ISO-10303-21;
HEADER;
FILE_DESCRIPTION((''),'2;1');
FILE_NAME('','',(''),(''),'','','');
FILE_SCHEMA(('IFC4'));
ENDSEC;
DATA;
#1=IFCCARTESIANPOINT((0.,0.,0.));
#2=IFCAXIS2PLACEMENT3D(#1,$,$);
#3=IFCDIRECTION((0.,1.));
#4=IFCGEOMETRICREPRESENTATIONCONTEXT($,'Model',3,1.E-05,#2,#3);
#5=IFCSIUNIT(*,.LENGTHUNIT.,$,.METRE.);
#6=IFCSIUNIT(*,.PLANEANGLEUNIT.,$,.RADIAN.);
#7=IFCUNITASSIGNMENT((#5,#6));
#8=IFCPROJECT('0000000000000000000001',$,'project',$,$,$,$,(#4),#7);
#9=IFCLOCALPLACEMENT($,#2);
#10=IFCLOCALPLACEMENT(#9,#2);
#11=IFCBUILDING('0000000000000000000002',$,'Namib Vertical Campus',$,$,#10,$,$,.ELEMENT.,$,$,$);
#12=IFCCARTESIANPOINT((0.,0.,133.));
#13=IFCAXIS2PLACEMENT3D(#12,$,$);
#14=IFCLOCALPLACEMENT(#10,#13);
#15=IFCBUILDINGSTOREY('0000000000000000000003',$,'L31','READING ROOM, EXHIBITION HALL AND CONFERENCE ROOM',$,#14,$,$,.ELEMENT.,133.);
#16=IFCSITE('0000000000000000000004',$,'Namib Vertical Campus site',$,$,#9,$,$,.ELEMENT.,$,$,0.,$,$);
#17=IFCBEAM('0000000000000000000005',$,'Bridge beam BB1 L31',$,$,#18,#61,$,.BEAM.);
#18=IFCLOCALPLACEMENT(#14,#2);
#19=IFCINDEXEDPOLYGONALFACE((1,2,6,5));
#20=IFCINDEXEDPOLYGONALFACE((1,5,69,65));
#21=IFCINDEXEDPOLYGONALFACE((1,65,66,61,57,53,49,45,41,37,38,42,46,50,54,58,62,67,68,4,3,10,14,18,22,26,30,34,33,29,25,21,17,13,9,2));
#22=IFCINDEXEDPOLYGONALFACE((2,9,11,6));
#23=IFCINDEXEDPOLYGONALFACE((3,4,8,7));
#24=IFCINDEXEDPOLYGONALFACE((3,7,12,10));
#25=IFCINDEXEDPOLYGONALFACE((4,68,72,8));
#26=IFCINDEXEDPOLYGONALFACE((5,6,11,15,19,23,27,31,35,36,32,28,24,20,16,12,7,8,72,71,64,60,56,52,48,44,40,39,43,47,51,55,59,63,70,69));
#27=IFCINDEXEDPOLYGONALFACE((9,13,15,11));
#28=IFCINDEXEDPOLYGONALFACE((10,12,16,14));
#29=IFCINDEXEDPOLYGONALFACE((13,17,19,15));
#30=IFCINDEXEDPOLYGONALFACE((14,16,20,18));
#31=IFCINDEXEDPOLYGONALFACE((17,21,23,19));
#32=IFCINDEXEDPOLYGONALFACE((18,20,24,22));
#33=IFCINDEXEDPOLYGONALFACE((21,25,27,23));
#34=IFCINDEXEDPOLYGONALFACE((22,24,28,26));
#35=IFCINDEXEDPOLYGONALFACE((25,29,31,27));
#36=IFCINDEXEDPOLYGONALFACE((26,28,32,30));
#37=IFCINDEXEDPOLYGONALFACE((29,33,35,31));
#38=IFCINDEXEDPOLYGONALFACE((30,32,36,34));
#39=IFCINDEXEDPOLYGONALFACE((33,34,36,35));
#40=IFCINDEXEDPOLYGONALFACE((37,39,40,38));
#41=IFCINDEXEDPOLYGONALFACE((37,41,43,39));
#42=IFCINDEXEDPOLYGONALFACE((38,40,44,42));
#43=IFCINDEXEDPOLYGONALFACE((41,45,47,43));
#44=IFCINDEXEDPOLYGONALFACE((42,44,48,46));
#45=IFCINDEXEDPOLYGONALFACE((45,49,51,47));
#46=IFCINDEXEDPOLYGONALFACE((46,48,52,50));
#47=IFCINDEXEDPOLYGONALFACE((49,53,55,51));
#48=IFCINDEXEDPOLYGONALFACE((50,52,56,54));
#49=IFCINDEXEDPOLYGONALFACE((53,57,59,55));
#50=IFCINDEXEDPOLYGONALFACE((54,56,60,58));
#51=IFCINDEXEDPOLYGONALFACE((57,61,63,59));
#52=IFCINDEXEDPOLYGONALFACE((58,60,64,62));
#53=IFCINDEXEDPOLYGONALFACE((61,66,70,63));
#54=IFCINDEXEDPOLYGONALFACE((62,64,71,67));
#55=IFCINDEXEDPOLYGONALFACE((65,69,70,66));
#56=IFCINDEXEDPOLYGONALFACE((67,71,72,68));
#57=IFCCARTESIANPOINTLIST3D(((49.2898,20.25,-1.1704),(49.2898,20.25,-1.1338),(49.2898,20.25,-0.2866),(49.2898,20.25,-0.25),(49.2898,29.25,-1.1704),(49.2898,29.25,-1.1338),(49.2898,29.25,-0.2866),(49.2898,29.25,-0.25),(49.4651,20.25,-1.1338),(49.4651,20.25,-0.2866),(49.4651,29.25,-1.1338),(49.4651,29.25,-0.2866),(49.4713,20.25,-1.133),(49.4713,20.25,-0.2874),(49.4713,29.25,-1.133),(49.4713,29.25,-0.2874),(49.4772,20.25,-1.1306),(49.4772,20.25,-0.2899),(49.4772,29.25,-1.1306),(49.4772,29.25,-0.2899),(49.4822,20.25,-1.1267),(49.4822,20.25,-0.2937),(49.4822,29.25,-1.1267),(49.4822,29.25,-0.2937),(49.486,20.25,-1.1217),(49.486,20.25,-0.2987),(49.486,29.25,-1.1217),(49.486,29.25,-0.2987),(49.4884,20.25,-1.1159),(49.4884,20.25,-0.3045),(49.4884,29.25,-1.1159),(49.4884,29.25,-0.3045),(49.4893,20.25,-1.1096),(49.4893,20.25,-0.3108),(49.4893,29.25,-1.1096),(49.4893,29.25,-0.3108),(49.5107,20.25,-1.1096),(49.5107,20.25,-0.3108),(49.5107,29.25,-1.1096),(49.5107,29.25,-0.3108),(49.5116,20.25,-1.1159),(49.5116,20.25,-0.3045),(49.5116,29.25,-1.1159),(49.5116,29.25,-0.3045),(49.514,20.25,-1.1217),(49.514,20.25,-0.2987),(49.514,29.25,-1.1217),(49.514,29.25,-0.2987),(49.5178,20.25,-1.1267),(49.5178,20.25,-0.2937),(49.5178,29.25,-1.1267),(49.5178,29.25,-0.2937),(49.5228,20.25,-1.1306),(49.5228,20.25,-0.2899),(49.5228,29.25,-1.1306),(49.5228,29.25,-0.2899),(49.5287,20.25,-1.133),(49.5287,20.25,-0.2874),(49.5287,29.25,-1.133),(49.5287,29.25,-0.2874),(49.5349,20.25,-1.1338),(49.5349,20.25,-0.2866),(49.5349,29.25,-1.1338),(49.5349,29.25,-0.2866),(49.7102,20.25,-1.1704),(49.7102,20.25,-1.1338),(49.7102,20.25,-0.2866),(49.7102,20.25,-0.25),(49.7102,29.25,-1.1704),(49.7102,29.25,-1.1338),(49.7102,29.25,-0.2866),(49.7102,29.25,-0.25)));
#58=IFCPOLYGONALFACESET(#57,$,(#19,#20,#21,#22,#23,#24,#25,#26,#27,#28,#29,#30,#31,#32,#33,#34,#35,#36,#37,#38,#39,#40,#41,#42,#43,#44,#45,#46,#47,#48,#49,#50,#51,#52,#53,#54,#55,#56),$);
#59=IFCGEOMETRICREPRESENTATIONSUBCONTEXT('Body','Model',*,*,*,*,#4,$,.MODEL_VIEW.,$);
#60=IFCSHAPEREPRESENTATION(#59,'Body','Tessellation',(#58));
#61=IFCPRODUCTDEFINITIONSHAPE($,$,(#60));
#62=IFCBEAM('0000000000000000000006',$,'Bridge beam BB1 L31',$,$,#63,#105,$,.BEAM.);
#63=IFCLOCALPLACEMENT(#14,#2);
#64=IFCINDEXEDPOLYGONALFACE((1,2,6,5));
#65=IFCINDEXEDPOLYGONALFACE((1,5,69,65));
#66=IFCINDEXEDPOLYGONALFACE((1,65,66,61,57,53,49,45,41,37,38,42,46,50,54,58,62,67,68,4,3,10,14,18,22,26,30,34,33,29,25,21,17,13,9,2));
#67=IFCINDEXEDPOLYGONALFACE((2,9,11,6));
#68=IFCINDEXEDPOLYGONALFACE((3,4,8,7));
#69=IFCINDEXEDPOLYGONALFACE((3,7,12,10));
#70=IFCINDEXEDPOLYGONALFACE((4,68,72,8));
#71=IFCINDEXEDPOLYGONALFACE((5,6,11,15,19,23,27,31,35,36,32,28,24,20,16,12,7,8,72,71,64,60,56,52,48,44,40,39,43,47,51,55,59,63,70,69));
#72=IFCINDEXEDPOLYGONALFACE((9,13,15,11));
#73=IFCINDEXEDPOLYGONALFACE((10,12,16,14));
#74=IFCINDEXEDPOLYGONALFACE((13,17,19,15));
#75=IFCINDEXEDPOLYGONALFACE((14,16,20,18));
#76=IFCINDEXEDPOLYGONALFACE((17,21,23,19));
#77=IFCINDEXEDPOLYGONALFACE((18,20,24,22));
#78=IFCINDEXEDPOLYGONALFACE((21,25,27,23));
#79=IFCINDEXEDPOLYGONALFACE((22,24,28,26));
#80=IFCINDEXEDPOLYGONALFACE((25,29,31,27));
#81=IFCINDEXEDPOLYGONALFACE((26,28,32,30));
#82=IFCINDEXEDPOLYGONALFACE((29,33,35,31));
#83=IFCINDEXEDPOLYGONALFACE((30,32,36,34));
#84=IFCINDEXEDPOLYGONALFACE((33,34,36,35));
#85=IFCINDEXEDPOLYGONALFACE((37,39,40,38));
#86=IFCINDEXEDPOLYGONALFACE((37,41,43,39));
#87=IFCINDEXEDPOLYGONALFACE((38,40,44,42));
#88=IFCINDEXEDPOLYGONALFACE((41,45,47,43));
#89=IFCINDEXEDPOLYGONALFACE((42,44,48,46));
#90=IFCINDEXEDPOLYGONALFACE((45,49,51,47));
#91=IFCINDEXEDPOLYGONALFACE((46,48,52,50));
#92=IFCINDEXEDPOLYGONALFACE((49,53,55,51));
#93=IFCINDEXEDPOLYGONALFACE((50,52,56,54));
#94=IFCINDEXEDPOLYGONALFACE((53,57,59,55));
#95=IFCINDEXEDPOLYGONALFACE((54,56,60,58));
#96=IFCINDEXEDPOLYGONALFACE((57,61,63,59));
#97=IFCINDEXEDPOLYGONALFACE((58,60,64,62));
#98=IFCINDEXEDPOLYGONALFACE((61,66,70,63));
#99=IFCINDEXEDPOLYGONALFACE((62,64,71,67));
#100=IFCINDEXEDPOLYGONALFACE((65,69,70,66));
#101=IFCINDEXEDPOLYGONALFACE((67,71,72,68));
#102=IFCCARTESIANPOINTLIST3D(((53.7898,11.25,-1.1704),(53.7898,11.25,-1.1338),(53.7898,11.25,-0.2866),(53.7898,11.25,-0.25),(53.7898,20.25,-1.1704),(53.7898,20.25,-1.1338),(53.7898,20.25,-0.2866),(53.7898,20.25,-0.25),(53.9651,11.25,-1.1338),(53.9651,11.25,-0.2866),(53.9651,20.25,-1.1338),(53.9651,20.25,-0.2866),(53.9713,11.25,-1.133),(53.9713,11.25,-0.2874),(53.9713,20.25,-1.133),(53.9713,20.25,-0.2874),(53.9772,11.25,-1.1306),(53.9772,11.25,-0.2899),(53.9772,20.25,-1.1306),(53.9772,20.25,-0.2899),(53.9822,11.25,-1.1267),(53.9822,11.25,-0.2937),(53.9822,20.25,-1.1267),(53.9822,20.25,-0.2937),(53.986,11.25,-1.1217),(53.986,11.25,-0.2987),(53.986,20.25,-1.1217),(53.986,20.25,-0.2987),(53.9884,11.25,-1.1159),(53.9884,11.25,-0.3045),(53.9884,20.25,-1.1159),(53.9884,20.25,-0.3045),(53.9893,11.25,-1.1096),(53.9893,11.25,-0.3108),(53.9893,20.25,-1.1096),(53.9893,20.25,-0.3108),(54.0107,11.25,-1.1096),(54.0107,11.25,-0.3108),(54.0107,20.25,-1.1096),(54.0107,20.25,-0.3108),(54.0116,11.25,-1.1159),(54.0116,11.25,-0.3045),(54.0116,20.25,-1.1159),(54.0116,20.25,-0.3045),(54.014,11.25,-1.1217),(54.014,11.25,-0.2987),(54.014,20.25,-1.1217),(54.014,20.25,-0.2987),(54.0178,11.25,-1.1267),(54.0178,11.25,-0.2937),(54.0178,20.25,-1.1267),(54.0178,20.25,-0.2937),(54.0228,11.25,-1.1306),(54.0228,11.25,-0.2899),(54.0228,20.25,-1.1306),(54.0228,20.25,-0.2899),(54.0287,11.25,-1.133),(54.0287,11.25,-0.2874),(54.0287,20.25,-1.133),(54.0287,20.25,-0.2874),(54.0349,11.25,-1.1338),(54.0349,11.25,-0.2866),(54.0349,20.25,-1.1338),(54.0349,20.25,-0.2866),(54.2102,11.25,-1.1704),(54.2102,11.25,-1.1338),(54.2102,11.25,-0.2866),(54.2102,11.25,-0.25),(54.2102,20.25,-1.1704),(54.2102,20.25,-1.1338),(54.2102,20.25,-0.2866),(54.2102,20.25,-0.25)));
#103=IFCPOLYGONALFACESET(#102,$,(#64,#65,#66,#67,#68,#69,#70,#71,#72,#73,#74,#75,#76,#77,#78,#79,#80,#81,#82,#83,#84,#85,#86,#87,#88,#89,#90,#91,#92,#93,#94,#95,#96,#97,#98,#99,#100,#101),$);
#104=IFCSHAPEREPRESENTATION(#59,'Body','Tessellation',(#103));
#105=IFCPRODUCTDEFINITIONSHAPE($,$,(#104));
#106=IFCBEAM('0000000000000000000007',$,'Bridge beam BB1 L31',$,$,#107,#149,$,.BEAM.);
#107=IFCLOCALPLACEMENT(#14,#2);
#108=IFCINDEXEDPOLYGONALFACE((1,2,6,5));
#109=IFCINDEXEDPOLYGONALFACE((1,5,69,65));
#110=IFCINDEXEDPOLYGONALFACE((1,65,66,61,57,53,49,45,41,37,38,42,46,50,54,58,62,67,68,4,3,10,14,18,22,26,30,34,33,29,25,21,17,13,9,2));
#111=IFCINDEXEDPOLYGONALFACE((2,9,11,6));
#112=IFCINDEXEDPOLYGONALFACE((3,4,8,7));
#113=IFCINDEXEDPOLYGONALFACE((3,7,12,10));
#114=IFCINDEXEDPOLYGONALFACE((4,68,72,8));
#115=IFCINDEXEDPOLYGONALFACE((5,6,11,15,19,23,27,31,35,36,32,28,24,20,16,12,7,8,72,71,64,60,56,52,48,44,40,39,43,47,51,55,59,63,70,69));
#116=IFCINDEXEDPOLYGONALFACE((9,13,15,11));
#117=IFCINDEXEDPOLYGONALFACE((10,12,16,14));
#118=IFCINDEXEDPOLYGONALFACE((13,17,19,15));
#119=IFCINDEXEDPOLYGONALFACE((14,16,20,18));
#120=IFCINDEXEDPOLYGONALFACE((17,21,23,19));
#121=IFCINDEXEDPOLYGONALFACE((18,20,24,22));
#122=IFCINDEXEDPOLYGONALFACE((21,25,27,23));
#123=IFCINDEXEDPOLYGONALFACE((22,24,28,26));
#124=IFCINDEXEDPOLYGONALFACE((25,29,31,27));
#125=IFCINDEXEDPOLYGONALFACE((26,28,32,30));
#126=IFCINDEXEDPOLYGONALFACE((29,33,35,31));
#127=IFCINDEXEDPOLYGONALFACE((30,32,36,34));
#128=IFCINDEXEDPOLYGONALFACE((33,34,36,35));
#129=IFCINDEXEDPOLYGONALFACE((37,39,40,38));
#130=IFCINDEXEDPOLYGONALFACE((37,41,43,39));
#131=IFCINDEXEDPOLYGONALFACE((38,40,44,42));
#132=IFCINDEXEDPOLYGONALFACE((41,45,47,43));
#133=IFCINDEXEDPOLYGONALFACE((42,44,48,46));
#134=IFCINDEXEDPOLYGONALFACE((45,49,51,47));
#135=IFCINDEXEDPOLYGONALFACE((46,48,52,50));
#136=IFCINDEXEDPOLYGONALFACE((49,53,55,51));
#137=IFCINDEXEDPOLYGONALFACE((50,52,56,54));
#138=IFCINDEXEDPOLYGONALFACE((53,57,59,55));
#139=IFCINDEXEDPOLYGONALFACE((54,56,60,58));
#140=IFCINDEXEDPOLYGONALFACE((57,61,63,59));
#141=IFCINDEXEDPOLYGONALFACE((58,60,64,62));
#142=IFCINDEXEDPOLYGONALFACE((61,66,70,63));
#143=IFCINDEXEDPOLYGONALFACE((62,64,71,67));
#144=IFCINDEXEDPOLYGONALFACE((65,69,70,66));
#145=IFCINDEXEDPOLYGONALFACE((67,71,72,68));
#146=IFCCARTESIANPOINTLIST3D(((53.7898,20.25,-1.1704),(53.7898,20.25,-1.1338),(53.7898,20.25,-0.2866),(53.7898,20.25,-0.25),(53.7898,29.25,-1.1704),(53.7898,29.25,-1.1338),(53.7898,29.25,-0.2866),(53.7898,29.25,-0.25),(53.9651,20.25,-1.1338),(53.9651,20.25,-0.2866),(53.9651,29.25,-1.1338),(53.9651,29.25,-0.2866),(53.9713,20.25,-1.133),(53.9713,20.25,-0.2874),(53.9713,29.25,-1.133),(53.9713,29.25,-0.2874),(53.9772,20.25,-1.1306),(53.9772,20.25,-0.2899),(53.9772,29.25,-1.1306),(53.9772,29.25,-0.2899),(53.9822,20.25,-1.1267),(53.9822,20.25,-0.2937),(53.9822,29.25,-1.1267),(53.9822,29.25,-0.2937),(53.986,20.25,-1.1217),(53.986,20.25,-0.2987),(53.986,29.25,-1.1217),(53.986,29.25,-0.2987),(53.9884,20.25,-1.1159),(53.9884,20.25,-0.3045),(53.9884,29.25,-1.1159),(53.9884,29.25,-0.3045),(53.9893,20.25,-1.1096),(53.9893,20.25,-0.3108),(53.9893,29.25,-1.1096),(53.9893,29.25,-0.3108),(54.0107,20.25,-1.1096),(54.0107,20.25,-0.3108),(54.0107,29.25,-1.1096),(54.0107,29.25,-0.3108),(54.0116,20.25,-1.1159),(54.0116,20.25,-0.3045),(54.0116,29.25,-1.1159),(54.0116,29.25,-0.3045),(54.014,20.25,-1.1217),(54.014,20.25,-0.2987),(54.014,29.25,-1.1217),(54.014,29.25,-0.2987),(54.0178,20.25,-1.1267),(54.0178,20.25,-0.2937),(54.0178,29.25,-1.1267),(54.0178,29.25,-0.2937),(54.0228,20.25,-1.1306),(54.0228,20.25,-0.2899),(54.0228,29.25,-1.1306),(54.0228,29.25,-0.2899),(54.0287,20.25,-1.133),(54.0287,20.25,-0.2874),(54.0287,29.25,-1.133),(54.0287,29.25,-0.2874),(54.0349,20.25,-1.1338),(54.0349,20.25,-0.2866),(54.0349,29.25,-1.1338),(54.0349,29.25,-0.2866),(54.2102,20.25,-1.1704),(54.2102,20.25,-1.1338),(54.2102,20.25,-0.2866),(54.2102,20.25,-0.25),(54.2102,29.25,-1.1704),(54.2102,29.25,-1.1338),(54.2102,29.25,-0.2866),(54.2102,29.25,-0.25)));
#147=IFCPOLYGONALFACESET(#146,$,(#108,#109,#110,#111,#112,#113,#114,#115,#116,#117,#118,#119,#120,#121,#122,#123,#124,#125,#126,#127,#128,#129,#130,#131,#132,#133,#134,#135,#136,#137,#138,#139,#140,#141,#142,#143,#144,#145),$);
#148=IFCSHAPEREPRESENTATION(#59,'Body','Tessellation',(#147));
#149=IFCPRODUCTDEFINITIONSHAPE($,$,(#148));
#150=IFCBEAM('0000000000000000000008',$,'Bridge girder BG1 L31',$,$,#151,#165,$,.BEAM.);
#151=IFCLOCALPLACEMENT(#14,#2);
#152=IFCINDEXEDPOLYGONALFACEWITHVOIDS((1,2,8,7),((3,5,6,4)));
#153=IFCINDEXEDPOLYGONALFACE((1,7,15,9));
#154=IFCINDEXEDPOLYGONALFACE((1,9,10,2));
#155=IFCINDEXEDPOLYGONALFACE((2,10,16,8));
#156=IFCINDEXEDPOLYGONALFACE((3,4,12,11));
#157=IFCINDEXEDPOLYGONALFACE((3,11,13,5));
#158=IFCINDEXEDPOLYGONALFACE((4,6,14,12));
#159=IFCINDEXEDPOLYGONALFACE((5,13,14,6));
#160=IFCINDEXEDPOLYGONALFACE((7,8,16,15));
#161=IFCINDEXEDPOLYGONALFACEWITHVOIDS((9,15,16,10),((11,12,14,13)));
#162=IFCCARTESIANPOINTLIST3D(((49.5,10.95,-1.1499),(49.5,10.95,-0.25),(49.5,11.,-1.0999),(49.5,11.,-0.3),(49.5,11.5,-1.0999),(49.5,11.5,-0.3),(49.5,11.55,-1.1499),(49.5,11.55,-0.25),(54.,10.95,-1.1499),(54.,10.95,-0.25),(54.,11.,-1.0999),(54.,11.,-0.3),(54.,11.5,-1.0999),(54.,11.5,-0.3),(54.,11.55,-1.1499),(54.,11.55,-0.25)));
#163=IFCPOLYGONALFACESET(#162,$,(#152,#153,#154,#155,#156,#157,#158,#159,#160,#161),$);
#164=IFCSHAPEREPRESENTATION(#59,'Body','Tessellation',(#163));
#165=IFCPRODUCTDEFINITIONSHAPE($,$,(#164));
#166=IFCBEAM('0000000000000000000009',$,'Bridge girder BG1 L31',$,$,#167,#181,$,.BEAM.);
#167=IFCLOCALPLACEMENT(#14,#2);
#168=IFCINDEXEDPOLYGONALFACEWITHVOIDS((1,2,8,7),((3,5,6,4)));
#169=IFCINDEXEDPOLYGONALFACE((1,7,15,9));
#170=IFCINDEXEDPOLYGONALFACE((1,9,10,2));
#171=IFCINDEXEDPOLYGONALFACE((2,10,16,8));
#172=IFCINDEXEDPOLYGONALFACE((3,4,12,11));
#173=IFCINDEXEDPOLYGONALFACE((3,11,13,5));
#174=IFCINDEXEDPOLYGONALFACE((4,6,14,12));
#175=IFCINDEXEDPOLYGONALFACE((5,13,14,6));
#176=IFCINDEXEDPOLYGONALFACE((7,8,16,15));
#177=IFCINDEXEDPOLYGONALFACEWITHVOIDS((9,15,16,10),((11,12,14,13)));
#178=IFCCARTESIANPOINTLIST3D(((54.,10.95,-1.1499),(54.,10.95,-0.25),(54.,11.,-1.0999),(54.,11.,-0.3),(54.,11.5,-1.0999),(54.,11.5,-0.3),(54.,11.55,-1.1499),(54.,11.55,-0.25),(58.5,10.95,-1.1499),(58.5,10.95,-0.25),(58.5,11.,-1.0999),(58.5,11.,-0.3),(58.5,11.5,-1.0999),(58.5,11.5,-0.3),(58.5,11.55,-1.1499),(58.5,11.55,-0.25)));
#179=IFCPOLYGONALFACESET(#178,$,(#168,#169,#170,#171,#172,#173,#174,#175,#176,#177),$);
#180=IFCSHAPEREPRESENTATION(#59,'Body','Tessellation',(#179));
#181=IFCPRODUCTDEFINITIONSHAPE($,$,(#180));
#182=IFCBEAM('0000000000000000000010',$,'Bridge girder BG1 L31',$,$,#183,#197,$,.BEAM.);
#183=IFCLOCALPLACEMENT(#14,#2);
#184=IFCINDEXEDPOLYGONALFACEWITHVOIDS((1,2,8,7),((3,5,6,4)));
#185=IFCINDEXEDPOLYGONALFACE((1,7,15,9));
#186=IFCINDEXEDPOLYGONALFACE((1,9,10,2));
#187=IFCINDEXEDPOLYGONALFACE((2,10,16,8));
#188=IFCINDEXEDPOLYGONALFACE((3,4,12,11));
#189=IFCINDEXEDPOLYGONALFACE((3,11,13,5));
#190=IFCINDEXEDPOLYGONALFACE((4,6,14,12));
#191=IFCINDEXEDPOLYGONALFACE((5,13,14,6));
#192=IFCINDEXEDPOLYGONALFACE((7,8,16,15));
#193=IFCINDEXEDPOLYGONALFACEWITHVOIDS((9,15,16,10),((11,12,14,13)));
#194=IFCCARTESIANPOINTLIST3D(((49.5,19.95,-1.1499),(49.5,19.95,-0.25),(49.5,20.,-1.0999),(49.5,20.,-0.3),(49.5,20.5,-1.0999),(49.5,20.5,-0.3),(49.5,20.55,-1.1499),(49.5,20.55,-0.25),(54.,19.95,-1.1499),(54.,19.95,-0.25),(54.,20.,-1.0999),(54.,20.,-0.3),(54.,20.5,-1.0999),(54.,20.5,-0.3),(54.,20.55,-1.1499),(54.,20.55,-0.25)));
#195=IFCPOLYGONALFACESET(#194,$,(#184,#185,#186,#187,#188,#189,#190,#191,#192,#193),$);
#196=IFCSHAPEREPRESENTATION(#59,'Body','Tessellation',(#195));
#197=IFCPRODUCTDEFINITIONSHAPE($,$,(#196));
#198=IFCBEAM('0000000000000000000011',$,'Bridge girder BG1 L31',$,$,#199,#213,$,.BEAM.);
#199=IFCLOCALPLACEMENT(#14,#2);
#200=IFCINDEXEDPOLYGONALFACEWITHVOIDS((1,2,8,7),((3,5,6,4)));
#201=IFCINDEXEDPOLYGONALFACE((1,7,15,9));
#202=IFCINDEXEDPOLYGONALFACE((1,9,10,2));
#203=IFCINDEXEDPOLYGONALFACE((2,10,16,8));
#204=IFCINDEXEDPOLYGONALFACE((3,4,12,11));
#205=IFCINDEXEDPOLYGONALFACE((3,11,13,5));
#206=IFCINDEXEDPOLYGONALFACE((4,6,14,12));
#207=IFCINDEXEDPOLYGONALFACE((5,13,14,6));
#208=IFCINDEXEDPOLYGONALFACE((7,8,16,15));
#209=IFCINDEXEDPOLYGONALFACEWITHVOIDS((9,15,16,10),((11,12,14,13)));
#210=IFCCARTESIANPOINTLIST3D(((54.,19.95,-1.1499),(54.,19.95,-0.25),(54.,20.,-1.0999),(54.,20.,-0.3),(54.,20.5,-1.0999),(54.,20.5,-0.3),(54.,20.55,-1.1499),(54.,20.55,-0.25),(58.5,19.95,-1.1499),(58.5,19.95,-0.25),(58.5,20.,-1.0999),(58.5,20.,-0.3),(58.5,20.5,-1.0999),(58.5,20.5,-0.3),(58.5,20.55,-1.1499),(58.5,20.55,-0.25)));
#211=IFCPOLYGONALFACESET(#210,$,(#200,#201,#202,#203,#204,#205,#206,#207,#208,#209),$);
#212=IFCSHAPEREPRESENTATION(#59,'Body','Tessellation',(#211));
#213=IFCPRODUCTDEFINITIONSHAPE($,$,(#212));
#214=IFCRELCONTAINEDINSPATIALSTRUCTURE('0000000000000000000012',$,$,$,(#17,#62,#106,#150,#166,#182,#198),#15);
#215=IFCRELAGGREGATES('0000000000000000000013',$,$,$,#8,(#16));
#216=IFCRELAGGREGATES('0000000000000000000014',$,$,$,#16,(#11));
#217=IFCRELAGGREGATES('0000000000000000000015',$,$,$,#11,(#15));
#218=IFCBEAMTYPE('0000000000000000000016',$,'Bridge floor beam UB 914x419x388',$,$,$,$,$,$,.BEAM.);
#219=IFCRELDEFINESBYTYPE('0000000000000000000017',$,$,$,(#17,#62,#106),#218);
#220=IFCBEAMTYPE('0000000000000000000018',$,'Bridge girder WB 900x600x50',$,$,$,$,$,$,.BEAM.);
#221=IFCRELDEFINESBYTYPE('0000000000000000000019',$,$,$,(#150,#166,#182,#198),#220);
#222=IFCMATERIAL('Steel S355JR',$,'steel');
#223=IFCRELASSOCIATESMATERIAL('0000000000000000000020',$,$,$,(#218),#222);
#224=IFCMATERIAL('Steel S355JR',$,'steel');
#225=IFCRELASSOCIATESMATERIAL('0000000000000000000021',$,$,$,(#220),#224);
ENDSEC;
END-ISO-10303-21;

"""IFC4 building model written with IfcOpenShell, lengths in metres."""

from ifc_helpers import new_model, si_unit, direction, frame, origin, origin_2d, place, context, subcontext, project, spatial, hollow_rectangle, i_section, extrude, material, material_profile, profile_set, type_object, element, save


model = new_model("IFC4")

# Units and contexts
model_context = context("Model", 3, precision=1e-05, world=origin(), true_north=direction((0.0, 1.0)))
body_context = subcontext(model_context, "Body", "Model", "MODEL_VIEW")
ifc_project = project(units=[si_unit("LENGTHUNIT", "METRE"), si_unit("PLANEANGLEUNIT", "RADIAN")], contexts=[model_context])

# Site, building, storey
site_placement = place(None, origin())
site = spatial("IfcSite", under=ifc_project, at=site_placement, Name="Namib Vertical Campus site", CompositionType="ELEMENT", RefElevation=0.0)
building_placement = place(site_placement, origin())
building = spatial("IfcBuilding", under=site, at=building_placement, Name="Namib Vertical Campus", CompositionType="ELEMENT")
storey_placement = place(building_placement, frame((0.0, 0.0, 133.0)))
storey = spatial("IfcBuildingStorey", under=building, at=storey_placement, Name="L31", Description="READING ROOM, EXHIBITION HALL AND CONFERENCE ROOM", CompositionType="ELEMENT", Elevation=133.0)

# Beams
ifc_material_1 = material(Name="Steel S355JR", Category="steel")
ifc_material_profile_1 = material_profile(ifc_material_1, i_section(OverallWidth=0.4204, OverallDepth=0.9204, WebThickness=0.0215, FlangeThickness=0.0366, FilletRadius=0.0242, at=origin_2d()))
ifc_profile_set_1 = profile_set([ifc_material_profile_1], Name="Steel S355JR")
beam_type_1 = type_object("IfcBeamType", Name="Bridge floor beam UB 914x419x388", PredefinedType="BEAM", material=ifc_profile_set_1)
for number, where, z_axis, x_axis, name in (
    (1, (49.5, 20.25, -0.7102), (0.0, 1.0, 0.0), (-1.0, 0.0, 0.0), "Bridge beam BB1 L31"),
    (2, (54.0, 11.25, -0.7102), (0.0, 1.0, 0.0), (-1.0, 0.0, 0.0), "Bridge beam BB1 L31"),
    (3, (54.0, 20.25, -0.7102), (0.0, 1.0, 0.0), (-1.0, 0.0, 0.0), "Bridge beam BB1 L31"),
):
    element("IfcBeam", number, at=place(storey_placement, frame(where, z_axis=z_axis, x_axis=x_axis)), inside=storey, type_object=beam_type_1, Name=name, PredefinedType="BEAM", context=body_context, shape_type="SweptSolid", body=[
        extrude(i_section(OverallWidth=0.4204, OverallDepth=0.9204, WebThickness=0.0215, FlangeThickness=0.0366, FilletRadius=0.0242, at=origin_2d()), origin(), (0.0, 0.0, 1.0), 9.0),
    ])
ifc_material_2 = material(Name="Steel S355JR", Category="steel")
ifc_material_profile_2 = material_profile(ifc_material_2, hollow_rectangle(XDim=0.6001, YDim=0.8999, WallThickness=0.05, at=origin_2d()))
ifc_profile_set_2 = profile_set([ifc_material_profile_2], Name="Steel S355JR")
beam_type_2 = type_object("IfcBeamType", Name="Bridge girder WB 900x600x50", PredefinedType="BEAM", material=ifc_profile_set_2)
for number, where, z_axis, x_axis, name in (
    (4, (49.5, 11.25, -0.7), (1.0, 0.0, 0.0), (0.0, 1.0, 0.0), "Bridge girder BG1 L31"),
    (5, (54.0, 11.25, -0.7), (1.0, 0.0, 0.0), (0.0, 1.0, 0.0), "Bridge girder BG1 L31"),
    (6, (49.5, 20.25, -0.7), (1.0, 0.0, 0.0), (0.0, 1.0, 0.0), "Bridge girder BG1 L31"),
    (7, (54.0, 20.25, -0.7), (1.0, 0.0, 0.0), (0.0, 1.0, 0.0), "Bridge girder BG1 L31"),
):
    element("IfcBeam", number, at=place(storey_placement, frame(where, z_axis=z_axis, x_axis=x_axis)), inside=storey, type_object=beam_type_2, Name=name, PredefinedType="BEAM", context=body_context, shape_type="SweptSolid", body=[
        extrude(hollow_rectangle(XDim=0.6001, YDim=0.8999, WallThickness=0.05, at=origin_2d()), origin(), (0.0, 0.0, 1.0), 4.5),
    ])

save(model, "model.ifc")
